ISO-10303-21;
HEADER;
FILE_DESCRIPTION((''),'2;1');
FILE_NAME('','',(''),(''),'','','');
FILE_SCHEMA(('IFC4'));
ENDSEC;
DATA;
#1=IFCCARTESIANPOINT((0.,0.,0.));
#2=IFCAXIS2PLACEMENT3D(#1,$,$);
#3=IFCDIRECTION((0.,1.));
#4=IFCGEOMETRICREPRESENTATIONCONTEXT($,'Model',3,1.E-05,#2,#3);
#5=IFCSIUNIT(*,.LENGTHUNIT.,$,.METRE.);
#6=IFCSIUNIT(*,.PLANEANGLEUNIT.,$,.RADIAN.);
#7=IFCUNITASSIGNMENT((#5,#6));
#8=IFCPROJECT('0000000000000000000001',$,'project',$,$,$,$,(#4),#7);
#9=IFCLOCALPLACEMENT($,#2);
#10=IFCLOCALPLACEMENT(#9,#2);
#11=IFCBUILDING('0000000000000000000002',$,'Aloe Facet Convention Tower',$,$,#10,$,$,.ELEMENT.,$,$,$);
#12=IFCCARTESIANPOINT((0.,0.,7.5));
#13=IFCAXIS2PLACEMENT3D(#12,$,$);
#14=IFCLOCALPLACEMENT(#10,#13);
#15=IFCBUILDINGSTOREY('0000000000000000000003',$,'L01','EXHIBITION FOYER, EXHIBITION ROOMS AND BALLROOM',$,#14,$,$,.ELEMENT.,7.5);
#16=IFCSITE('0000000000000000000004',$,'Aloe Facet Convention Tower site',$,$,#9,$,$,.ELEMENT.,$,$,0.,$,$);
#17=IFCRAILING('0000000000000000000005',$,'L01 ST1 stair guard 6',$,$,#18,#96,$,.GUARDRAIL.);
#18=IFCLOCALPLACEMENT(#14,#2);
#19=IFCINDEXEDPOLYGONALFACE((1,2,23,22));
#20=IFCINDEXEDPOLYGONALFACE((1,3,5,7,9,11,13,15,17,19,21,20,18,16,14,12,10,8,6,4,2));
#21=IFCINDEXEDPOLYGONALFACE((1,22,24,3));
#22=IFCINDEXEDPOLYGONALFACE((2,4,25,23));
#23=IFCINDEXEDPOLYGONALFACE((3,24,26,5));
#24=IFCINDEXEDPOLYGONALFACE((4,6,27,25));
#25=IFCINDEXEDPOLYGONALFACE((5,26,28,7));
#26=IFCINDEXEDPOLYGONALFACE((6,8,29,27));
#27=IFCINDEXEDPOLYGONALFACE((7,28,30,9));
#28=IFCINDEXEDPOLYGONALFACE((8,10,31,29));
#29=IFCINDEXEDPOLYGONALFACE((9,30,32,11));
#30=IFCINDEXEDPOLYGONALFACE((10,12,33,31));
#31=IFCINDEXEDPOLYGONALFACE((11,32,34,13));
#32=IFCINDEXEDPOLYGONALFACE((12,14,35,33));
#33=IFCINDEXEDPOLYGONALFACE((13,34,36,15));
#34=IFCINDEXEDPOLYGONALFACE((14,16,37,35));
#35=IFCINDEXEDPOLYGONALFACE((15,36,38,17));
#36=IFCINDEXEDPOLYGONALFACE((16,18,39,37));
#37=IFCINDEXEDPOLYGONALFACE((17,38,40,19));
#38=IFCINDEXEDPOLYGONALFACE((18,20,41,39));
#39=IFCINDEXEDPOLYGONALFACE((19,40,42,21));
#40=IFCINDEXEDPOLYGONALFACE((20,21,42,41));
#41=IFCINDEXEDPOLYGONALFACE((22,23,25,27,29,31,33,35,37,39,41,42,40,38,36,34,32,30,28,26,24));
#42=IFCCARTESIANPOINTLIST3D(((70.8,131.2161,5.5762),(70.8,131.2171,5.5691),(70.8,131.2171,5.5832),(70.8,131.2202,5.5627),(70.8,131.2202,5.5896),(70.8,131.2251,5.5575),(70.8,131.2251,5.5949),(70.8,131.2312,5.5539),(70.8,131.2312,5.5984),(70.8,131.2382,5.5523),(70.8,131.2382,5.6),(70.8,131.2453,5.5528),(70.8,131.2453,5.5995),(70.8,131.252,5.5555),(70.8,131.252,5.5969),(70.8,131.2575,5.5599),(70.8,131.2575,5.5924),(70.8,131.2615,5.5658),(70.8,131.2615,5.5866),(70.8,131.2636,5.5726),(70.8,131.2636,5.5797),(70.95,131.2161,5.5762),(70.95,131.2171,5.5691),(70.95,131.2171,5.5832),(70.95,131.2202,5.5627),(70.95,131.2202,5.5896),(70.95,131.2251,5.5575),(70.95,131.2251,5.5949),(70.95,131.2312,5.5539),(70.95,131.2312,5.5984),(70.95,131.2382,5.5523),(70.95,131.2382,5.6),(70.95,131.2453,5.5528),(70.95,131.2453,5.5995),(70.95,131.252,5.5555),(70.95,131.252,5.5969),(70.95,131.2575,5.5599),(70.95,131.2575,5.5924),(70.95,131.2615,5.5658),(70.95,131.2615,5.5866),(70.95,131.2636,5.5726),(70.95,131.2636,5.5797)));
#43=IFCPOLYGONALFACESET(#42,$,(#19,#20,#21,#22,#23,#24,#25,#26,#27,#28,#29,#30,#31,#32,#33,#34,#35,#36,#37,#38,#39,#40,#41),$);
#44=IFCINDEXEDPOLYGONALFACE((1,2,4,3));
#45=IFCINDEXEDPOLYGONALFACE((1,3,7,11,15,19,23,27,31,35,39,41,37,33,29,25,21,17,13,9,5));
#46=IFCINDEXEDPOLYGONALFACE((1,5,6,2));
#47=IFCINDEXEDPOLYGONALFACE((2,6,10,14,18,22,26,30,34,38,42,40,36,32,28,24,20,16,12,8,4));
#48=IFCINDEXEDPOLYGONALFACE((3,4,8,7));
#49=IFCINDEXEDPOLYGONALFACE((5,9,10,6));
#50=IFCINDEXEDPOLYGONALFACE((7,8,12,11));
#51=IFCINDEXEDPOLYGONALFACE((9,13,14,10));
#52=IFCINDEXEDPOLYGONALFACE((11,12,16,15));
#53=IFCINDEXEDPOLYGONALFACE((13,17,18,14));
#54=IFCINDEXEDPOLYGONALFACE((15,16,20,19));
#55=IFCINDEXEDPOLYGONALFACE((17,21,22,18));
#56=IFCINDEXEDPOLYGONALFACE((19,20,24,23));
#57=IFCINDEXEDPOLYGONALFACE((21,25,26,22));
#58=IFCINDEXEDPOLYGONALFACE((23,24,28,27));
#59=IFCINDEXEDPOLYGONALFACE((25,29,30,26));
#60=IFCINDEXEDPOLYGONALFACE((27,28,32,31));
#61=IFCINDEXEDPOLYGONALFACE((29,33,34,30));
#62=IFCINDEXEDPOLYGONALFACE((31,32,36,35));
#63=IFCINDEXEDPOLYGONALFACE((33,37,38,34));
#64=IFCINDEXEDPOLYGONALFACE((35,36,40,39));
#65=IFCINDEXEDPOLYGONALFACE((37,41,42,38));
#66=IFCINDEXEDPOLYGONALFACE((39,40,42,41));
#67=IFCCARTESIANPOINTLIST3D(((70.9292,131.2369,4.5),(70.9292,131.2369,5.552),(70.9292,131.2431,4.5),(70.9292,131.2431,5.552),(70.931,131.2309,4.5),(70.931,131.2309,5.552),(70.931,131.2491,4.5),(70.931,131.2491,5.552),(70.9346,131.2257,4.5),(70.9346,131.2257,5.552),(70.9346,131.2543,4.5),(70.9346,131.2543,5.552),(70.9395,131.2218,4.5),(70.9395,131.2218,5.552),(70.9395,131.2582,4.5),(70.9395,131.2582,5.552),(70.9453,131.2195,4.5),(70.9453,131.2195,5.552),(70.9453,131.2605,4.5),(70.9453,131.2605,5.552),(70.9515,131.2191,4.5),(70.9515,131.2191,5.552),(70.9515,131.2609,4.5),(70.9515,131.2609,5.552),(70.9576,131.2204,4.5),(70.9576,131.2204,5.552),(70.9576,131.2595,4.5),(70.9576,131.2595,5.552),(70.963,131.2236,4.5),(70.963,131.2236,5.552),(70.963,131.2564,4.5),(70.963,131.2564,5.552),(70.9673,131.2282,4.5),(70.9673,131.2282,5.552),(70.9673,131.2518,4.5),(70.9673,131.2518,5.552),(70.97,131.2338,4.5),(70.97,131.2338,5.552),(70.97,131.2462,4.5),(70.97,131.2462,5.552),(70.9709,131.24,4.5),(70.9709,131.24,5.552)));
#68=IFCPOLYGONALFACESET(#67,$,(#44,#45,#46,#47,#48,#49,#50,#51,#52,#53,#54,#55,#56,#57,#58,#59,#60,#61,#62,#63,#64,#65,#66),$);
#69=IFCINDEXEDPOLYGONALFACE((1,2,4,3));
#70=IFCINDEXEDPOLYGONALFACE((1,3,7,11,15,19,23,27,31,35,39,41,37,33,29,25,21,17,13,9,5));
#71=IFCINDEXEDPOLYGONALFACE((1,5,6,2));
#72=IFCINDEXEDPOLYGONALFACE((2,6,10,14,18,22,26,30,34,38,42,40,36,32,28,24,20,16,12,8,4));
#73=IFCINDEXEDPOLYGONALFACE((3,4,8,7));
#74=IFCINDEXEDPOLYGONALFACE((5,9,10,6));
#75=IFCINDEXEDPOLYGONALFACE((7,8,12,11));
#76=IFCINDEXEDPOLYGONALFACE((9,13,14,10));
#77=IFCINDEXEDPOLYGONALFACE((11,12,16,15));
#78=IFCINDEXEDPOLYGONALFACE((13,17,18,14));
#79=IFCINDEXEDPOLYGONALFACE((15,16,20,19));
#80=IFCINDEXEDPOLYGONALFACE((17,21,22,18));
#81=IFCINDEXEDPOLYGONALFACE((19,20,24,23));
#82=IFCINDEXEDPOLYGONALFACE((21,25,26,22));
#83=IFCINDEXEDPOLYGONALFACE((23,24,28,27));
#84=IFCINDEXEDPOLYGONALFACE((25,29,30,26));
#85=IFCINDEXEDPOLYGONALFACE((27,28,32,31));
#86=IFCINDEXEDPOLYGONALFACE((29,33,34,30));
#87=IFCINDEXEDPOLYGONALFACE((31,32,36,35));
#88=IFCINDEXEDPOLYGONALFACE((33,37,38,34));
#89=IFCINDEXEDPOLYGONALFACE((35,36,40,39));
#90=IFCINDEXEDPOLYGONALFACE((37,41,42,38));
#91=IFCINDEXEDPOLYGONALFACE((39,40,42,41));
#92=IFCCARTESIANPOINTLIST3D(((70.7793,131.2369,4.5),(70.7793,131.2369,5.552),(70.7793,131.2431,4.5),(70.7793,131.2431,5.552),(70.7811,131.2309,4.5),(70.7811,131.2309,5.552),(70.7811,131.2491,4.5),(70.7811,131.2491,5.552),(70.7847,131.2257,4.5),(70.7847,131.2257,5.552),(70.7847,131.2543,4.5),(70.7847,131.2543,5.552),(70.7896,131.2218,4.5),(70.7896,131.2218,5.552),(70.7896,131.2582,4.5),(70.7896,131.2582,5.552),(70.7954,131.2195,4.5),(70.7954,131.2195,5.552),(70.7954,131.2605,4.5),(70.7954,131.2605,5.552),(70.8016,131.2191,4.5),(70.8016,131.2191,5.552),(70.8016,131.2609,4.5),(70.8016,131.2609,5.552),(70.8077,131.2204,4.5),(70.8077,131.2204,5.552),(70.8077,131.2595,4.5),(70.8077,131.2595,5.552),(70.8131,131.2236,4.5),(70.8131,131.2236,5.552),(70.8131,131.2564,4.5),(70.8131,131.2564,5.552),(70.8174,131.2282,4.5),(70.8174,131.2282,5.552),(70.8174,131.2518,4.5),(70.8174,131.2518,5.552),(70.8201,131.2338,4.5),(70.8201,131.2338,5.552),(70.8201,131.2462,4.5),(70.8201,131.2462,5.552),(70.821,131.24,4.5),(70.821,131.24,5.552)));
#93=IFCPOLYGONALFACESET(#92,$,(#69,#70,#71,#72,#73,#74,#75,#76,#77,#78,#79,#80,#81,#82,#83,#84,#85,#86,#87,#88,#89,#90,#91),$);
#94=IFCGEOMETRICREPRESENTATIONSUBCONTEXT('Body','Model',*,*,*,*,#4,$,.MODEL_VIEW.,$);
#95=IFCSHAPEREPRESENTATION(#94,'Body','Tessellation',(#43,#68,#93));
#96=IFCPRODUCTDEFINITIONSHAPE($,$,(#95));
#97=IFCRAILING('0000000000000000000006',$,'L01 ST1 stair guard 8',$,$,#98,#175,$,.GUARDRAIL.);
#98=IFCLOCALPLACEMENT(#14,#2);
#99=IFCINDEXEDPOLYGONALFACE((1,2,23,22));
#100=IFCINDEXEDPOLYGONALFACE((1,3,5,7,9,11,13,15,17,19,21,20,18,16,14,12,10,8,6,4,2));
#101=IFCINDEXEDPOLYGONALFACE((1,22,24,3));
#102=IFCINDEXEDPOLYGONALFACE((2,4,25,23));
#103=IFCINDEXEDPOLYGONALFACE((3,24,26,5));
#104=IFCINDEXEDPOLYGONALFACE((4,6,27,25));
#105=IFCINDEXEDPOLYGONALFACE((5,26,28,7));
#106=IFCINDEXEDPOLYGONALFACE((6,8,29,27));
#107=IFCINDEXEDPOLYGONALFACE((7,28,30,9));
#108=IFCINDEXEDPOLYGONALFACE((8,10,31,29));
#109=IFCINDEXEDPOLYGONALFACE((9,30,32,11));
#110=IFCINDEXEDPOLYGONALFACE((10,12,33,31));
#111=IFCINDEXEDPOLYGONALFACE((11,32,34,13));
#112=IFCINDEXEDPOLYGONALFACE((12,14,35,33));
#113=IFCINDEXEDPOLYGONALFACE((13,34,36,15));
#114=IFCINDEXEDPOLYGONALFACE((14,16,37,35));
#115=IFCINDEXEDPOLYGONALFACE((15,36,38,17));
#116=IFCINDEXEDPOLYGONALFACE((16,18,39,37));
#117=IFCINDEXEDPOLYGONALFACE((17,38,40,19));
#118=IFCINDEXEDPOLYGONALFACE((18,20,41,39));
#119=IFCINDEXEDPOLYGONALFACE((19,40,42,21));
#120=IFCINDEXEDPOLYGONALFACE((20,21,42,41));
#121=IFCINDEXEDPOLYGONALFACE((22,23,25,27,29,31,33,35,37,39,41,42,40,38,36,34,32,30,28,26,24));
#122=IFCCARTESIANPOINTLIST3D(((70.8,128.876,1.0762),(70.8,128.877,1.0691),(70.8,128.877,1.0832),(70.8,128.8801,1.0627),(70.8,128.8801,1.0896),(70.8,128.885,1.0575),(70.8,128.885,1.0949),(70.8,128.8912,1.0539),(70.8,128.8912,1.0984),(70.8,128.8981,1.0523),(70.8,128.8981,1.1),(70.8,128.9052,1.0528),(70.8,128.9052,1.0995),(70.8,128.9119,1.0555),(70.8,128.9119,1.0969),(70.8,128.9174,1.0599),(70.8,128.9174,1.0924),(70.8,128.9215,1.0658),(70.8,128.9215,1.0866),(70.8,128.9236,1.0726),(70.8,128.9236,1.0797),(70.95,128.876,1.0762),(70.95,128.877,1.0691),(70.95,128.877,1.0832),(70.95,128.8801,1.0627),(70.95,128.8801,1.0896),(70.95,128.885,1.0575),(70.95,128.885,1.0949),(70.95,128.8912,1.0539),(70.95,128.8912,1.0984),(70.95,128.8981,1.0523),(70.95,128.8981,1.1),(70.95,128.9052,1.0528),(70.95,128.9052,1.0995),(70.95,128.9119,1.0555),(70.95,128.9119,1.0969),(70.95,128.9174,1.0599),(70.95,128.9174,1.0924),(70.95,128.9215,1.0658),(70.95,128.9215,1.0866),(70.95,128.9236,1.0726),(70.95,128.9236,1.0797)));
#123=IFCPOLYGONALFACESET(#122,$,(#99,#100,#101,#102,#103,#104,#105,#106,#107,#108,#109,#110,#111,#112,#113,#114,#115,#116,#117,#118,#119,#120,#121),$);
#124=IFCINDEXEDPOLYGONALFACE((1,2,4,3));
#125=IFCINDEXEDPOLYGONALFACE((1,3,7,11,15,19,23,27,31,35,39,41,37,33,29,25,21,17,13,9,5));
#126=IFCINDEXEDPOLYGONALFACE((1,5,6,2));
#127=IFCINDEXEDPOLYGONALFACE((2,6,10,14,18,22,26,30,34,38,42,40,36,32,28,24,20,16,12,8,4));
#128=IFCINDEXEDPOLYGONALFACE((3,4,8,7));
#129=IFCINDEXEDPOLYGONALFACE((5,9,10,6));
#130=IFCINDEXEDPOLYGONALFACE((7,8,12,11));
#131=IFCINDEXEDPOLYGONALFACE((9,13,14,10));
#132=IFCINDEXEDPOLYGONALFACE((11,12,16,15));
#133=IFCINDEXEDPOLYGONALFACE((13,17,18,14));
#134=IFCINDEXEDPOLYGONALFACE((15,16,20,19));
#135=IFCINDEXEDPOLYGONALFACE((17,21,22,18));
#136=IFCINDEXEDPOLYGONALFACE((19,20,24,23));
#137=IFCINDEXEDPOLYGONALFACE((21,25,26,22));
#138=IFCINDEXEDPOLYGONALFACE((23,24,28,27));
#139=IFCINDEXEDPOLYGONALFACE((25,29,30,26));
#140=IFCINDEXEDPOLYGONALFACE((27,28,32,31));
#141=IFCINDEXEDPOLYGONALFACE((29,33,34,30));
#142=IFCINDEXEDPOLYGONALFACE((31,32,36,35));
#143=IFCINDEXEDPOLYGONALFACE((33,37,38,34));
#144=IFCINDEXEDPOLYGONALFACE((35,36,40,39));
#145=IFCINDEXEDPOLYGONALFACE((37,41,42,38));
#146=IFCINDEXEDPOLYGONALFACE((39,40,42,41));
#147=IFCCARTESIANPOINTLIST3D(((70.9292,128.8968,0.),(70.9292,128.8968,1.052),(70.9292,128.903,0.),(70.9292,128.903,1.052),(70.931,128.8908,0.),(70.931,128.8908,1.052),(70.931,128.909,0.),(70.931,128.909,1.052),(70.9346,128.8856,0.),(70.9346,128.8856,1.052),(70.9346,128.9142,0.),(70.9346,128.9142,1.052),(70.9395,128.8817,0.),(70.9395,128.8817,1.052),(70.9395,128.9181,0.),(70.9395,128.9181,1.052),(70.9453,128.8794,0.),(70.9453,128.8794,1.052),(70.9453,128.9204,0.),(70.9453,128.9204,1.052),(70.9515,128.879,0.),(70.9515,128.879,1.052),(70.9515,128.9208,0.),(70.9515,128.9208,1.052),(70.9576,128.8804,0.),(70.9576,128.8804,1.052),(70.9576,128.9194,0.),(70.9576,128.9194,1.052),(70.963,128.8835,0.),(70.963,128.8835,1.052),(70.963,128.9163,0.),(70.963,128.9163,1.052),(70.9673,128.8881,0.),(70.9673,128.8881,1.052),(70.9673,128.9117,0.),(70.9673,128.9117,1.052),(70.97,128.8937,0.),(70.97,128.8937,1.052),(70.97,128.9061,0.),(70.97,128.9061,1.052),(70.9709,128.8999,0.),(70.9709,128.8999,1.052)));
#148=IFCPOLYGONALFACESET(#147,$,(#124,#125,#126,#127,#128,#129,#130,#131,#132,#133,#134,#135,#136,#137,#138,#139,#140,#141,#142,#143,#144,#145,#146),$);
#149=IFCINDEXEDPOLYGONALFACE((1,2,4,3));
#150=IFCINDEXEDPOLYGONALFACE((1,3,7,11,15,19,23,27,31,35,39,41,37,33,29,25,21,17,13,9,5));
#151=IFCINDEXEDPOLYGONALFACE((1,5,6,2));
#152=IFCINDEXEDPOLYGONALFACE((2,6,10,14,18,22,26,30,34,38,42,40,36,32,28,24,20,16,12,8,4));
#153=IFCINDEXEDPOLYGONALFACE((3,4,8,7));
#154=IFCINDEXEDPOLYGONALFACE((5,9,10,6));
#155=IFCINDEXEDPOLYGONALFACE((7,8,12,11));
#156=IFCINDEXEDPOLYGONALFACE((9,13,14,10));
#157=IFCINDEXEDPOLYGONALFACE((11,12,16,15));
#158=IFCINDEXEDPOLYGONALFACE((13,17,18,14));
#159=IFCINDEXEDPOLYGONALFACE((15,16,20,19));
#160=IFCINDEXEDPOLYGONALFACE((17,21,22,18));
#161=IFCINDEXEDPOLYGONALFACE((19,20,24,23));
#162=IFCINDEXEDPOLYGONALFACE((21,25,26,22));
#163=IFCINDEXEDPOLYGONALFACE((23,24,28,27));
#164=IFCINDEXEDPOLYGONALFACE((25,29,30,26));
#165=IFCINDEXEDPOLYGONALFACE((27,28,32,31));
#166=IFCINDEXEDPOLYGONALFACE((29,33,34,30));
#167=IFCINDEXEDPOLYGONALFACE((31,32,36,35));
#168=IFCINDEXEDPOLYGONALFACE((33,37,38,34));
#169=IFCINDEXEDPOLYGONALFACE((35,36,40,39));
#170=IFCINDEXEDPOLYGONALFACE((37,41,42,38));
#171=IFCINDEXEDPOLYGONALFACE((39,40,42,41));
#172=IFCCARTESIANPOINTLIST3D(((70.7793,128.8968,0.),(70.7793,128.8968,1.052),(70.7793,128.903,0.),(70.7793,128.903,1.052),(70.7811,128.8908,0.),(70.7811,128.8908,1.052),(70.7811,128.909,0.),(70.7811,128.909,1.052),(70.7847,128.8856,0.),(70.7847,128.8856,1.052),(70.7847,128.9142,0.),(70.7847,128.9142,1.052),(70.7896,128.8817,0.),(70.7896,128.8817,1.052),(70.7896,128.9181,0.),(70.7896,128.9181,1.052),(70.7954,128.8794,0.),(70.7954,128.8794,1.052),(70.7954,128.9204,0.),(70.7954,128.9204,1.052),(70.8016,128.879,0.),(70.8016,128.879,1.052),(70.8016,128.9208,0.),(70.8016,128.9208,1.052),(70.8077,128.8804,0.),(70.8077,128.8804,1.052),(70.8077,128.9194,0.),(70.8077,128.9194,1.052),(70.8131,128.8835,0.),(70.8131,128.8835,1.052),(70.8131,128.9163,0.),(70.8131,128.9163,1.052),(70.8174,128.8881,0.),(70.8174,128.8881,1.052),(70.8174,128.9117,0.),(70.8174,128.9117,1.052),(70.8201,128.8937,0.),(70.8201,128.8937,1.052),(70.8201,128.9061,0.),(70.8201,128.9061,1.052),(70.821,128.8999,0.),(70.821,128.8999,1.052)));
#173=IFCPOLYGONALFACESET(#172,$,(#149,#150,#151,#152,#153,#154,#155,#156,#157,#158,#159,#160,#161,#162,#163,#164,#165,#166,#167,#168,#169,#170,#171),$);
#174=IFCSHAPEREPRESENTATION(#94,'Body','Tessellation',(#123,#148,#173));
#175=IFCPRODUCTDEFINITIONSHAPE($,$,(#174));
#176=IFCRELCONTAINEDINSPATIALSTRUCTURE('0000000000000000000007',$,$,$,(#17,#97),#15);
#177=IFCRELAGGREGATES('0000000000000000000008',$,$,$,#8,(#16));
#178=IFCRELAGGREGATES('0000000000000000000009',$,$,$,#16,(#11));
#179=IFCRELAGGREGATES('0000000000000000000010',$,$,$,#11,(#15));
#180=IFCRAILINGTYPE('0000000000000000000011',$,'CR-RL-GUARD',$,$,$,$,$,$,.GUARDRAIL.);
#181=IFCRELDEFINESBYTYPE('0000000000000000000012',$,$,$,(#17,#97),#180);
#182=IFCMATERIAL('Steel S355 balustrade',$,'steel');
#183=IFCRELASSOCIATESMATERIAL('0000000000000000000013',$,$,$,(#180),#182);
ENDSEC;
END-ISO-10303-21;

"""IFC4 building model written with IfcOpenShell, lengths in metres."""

from ifc_helpers import new_model, si_unit, direction, frame, origin, origin_2d, place, context, subcontext, project, spatial, circle, extrude, material, type_object, element, save


model = new_model("IFC4")

# Units and contexts
model_context = context("Model", 3, precision=1e-05, world=origin(), true_north=direction((0.0, 1.0)))
body_context = subcontext(model_context, "Body", "Model", "MODEL_VIEW")
ifc_project = project(units=[si_unit("LENGTHUNIT", "METRE"), si_unit("PLANEANGLEUNIT", "RADIAN")], contexts=[model_context])

# Site, building, storey
site_placement = place(None, origin())
site = spatial("IfcSite", under=ifc_project, at=site_placement, Name="Aloe Facet Convention Tower site", CompositionType="ELEMENT", RefElevation=0.0)
building_placement = place(site_placement, origin())
building = spatial("IfcBuilding", under=site, at=building_placement, Name="Aloe Facet Convention Tower", CompositionType="ELEMENT")
storey_placement = place(building_placement, frame((0.0, 0.0, 7.5)))
storey = spatial("IfcBuildingStorey", under=building, at=storey_placement, Name="L01", Description="EXHIBITION FOYER, EXHIBITION ROOMS AND BALLROOM", CompositionType="ELEMENT", Elevation=7.5)

# Railings
ifc_material_1 = material(Name="Steel S355 balustrade", Category="steel")
railing_type_1 = type_object("IfcRailingType", Name="CR-RL-GUARD", PredefinedType="GUARDRAIL", material=ifc_material_1)
for number, where, name in (
    (1, (70.95, 131.24, 4.5), "L01 ST1 stair guard 6"),
    (2, (70.95, 128.8999, 0.0), "L01 ST1 stair guard 8"),
):
    element("IfcRailing", number, at=place(storey_placement, frame(where)), inside=storey, type_object=railing_type_1, Name=name, PredefinedType="GUARDRAIL", context=body_context, shape_type="SweptSolid", body=[
        extrude(circle(Radius=0.0239, at=origin_2d()), frame((0.0, 0.0, 1.0762), z_axis=(-1.0, 0.0, 0.0), x_axis=(0.0, -1.0, 0.0)), (0.0, 0.0, 1.0), 0.1499),
        extrude(circle(Radius=0.021, at=origin_2d()), origin(), (0.0, 0.0, 1.0), 1.052),
        extrude(circle(Radius=0.021, at=origin_2d()), frame((-0.1499, 0.0, 0.0)), (0.0, 0.0, 1.0), 1.052),
    ])

save(model, "model.ifc")
